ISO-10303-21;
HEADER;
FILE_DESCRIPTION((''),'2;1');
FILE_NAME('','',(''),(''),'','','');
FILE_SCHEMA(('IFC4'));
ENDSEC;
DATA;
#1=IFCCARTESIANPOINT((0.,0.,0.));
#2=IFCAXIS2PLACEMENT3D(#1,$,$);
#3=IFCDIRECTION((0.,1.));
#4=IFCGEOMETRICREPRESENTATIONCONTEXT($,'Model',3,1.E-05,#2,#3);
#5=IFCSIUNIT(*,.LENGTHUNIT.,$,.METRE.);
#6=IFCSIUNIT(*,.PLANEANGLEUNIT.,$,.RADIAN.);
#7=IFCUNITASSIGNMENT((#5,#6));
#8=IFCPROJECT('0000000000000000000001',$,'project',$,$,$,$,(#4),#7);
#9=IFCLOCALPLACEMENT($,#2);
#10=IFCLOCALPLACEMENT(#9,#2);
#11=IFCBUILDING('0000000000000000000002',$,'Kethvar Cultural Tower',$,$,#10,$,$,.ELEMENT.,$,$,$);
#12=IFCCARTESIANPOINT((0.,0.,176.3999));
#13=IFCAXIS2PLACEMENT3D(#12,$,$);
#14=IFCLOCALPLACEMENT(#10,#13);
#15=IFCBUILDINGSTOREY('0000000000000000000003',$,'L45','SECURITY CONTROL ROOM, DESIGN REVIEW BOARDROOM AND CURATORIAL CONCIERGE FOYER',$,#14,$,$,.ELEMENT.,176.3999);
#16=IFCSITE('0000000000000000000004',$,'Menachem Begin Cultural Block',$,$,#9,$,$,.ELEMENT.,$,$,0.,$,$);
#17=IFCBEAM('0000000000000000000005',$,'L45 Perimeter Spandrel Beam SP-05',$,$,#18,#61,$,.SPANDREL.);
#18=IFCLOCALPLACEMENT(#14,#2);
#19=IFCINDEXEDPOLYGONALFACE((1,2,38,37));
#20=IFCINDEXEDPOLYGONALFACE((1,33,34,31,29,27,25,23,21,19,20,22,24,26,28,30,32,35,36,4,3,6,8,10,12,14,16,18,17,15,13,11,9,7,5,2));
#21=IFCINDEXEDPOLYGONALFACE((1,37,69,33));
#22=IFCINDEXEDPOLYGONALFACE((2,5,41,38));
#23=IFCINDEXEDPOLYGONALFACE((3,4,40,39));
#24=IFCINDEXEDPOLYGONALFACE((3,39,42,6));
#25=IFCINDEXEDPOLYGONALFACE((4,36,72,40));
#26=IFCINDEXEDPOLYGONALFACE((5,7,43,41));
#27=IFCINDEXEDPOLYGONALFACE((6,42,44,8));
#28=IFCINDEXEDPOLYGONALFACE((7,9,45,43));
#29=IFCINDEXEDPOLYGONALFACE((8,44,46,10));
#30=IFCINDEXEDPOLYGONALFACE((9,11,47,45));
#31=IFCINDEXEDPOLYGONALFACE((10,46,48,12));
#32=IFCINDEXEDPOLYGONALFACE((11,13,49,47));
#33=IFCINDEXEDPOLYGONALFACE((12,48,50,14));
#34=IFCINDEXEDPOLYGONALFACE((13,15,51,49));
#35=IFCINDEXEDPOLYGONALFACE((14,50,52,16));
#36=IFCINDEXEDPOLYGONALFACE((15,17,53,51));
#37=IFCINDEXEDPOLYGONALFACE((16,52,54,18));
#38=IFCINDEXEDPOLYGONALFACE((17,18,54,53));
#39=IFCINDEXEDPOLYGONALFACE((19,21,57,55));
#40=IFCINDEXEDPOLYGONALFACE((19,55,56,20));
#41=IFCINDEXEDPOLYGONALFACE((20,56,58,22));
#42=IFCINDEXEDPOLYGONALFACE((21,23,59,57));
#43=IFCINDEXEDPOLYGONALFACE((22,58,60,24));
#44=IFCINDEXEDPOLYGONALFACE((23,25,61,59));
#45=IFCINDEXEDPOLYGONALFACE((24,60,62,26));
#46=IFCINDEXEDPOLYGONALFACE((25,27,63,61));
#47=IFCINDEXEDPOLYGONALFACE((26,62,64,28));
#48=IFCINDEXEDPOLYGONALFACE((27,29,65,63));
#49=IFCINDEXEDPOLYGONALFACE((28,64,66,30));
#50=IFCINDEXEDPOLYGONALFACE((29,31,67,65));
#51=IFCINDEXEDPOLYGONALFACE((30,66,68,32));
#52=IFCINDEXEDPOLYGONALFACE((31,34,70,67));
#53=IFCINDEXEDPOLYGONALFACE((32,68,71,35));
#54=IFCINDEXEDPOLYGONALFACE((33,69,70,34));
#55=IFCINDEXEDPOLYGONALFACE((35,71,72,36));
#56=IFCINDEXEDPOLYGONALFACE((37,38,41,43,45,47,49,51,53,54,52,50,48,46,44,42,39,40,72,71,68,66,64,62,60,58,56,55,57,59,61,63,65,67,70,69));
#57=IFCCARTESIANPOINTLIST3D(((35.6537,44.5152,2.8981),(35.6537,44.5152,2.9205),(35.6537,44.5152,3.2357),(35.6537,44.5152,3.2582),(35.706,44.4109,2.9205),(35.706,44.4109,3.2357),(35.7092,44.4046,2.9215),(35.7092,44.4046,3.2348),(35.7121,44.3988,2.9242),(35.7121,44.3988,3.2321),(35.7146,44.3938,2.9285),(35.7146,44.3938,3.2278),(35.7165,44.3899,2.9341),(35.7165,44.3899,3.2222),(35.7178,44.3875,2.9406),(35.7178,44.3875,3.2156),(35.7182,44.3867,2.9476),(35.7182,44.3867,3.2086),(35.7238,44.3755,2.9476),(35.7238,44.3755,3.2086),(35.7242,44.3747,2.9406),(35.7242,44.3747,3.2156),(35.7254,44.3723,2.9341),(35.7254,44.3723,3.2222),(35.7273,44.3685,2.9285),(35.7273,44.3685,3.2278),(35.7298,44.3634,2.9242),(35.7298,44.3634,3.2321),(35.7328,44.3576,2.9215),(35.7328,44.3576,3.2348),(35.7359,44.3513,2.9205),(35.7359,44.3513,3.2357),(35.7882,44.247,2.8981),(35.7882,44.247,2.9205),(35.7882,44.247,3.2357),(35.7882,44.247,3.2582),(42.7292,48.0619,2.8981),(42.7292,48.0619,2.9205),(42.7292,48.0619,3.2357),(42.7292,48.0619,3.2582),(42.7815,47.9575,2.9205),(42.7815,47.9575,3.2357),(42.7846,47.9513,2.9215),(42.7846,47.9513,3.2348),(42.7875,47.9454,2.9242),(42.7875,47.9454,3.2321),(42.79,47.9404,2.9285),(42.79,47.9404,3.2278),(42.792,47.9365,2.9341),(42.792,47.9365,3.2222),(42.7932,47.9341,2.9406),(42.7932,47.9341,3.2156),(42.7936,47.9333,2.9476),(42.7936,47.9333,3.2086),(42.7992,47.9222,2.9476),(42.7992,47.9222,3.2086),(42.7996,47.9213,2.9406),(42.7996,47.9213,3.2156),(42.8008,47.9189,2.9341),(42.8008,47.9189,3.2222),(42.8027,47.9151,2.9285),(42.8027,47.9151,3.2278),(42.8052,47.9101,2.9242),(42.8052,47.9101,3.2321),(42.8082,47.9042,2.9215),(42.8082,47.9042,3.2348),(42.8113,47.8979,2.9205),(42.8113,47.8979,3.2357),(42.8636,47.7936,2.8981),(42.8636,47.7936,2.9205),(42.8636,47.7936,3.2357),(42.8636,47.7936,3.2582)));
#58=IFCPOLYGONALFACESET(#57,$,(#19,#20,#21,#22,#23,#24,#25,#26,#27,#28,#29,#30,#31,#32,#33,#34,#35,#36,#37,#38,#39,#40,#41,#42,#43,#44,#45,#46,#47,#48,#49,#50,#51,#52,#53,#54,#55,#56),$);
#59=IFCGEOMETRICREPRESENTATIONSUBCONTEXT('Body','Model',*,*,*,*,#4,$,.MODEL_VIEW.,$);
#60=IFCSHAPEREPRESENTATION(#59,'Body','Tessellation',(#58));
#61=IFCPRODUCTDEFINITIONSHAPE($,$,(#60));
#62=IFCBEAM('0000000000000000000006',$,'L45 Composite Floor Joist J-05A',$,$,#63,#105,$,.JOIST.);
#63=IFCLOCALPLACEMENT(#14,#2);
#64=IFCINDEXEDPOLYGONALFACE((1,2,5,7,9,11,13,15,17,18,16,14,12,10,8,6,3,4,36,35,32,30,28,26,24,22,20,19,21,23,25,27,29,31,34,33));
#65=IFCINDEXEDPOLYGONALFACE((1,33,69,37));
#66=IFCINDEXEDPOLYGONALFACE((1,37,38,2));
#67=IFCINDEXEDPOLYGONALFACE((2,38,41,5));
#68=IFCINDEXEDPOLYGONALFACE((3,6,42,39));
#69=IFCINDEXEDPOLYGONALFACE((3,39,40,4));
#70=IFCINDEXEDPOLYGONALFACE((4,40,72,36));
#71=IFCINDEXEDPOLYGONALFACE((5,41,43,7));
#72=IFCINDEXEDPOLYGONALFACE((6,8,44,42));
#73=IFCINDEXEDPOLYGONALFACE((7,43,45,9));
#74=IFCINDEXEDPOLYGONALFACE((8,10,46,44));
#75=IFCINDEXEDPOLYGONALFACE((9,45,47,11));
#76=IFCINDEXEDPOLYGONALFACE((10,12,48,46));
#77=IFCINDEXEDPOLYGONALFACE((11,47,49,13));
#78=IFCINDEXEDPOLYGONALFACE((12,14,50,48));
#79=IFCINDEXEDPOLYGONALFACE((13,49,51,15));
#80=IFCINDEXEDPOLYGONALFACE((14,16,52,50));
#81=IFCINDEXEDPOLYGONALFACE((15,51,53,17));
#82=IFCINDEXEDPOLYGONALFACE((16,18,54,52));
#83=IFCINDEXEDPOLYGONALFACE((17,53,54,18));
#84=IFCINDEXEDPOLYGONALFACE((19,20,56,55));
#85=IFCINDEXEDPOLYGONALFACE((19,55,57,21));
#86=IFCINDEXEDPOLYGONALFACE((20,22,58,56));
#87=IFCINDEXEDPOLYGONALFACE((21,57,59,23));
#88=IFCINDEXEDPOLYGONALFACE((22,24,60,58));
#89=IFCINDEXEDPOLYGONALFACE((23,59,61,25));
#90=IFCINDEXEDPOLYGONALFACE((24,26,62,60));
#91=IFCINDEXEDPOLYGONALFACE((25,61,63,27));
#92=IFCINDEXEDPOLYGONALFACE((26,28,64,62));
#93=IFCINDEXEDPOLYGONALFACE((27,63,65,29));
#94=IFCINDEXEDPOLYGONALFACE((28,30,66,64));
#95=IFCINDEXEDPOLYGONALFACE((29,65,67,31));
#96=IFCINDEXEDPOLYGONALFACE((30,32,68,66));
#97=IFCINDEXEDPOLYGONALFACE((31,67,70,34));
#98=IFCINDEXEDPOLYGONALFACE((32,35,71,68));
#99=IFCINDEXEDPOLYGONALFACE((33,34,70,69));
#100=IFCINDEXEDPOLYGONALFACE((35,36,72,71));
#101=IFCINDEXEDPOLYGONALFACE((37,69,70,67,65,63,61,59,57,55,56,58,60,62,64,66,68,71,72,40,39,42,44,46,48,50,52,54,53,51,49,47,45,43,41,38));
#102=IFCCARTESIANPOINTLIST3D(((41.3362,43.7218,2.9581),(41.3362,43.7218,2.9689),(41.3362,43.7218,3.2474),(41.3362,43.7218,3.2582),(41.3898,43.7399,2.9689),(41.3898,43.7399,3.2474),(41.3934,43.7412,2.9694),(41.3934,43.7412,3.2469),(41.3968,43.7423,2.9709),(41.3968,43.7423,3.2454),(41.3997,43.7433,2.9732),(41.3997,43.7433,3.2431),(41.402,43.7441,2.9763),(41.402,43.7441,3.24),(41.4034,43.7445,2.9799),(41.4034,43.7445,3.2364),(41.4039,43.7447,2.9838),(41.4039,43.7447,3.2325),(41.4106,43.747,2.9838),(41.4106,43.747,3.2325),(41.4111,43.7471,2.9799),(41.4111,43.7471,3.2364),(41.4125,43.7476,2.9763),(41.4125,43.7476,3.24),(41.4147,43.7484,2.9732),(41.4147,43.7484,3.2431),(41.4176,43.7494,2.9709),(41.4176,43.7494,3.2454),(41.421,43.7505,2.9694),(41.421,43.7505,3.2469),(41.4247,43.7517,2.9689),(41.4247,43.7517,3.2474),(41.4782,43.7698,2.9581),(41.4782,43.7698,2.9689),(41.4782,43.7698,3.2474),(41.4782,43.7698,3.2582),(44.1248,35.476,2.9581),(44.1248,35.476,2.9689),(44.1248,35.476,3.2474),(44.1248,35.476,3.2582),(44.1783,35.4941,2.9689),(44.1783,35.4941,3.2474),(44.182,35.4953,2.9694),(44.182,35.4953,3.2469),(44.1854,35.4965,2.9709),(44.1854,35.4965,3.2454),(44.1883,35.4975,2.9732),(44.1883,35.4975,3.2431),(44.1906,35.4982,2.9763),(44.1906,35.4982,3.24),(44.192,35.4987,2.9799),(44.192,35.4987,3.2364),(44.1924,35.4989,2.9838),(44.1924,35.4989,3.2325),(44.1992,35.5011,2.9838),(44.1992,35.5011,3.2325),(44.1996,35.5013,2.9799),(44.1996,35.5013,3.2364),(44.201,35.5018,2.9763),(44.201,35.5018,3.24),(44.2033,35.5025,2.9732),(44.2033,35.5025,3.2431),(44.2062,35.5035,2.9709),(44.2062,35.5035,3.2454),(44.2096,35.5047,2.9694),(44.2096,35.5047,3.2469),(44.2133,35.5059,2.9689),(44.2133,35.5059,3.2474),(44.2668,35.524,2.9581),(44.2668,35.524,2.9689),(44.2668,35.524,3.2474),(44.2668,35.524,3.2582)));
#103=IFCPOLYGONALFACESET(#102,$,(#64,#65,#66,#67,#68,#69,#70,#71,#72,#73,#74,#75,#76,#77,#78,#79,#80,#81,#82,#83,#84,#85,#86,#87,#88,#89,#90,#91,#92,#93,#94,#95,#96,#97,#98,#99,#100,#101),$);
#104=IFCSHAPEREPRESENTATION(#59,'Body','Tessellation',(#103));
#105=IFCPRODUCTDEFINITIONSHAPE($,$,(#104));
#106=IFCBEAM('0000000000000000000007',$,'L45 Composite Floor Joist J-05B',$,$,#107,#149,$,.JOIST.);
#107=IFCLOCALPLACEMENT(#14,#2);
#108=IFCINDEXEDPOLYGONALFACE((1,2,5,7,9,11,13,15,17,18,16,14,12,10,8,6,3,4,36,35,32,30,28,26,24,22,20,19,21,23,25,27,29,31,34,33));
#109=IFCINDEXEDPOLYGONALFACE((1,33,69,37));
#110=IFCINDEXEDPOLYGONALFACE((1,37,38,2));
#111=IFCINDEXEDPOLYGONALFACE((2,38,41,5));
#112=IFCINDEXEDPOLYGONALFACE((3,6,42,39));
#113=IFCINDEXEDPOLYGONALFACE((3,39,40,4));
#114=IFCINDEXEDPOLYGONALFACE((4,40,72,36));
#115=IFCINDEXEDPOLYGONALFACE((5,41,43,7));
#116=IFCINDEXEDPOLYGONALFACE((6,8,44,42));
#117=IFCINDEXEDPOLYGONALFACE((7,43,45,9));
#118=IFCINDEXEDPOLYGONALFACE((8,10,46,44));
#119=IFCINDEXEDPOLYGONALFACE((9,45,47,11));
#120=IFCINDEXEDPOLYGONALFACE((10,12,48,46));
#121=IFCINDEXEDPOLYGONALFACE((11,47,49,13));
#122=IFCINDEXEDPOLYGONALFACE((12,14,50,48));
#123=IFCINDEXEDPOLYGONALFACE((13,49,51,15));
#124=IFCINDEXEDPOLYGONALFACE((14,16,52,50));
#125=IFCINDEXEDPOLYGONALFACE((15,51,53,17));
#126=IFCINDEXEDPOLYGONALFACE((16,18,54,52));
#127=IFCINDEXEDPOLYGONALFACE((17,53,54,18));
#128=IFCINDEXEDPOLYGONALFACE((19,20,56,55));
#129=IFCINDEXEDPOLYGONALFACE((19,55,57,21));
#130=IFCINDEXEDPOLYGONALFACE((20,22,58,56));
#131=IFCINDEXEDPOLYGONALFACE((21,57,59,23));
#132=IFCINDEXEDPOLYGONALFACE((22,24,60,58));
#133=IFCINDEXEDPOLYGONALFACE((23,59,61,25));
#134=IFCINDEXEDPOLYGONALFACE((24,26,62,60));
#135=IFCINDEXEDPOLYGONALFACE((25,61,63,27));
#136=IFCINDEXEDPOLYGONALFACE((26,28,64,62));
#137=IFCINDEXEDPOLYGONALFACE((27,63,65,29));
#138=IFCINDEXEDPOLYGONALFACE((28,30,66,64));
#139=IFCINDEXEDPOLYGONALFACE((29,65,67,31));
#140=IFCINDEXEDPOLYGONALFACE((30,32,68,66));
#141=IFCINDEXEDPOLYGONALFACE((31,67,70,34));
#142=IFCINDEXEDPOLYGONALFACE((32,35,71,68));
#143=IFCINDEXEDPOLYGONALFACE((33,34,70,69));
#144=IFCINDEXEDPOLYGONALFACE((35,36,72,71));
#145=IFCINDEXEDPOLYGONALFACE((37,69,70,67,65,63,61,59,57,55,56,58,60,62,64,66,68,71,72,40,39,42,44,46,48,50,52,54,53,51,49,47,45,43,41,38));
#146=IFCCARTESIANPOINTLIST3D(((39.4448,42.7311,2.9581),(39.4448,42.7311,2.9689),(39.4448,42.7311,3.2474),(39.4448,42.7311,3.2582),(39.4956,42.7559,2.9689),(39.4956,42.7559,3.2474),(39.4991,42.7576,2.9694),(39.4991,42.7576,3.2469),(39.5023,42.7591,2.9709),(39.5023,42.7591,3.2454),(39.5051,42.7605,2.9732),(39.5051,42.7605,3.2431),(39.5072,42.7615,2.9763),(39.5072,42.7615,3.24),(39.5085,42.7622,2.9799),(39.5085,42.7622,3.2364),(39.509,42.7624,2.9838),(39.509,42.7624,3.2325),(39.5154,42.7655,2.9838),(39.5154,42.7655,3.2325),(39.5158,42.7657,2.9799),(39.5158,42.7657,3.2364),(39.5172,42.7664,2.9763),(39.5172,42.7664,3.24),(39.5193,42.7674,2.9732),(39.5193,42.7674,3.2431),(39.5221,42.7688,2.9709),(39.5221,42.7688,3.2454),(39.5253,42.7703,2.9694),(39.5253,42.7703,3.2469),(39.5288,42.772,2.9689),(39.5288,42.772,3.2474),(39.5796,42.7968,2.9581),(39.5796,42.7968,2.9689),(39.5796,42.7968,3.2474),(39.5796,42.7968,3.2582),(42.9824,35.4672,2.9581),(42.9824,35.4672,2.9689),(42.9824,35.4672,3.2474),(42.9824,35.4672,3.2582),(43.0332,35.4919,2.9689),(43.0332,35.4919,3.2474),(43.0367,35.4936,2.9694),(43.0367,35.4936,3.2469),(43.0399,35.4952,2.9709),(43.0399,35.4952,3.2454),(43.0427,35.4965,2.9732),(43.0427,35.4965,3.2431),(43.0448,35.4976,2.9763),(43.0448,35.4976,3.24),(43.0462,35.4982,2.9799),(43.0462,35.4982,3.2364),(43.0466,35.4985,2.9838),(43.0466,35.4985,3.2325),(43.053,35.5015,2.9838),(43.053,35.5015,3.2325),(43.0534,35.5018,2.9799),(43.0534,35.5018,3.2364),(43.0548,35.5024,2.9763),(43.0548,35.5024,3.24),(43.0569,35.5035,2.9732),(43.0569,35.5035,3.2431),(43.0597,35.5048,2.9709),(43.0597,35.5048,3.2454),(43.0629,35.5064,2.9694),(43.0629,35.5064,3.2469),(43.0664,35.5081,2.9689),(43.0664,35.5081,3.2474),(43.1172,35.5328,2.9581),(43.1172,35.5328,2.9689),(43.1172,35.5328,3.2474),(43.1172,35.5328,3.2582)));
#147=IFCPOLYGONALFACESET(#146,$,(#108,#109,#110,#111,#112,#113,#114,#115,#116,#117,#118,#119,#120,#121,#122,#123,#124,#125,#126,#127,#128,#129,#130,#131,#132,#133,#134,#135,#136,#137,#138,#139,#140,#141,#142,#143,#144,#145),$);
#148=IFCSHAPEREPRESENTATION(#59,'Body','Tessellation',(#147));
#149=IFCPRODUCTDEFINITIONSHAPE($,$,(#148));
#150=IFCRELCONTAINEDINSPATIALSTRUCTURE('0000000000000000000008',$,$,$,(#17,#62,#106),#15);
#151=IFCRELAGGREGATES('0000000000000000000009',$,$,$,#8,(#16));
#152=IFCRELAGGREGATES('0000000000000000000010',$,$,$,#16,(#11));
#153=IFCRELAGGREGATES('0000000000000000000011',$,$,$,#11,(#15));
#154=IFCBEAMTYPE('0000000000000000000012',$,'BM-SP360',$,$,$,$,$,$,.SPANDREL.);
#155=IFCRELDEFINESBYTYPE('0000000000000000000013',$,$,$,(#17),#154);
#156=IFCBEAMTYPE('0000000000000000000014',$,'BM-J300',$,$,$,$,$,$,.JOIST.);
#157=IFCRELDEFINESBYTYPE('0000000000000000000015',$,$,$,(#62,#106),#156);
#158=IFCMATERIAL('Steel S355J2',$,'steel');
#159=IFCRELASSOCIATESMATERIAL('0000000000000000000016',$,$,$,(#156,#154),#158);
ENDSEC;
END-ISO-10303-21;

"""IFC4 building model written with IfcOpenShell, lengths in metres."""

from ifc_helpers import new_model, si_unit, direction, frame, origin, origin_2d, place, context, subcontext, project, spatial, i_section, extrude, source, transform, mapped, material, material_profile, profile_set, type_object, element, save


model = new_model("IFC4")

# Units and contexts
model_context = context("Model", 3, precision=1e-05, world=origin(), true_north=direction((0.0, 1.0)))
body_context = subcontext(model_context, "Body", "Model", "MODEL_VIEW")
ifc_project = project(units=[si_unit("LENGTHUNIT", "METRE"), si_unit("PLANEANGLEUNIT", "RADIAN")], contexts=[model_context])

# Site, building, storey
site_placement = place(None, origin())
site = spatial("IfcSite", under=ifc_project, at=site_placement, Name="Menachem Begin Cultural Block", CompositionType="ELEMENT", RefElevation=0.0)
building_placement = place(site_placement, origin())
building = spatial("IfcBuilding", under=site, at=building_placement, Name="Kethvar Cultural Tower", CompositionType="ELEMENT")
storey_placement = place(building_placement, frame((0.0, 0.0, 176.3999)))
storey = spatial("IfcBuildingStorey", under=building, at=storey_placement, Name="L45", Description="SECURITY CONTROL ROOM, DESIGN REVIEW BOARDROOM AND CURATORIAL CONCIERGE FOYER", CompositionType="ELEMENT", Elevation=176.3999)

# Beams
ifc_material_1 = material(Name="Steel S355J2", Category="steel")
ifc_material_profile_1 = material_profile(ifc_material_1, i_section(OverallWidth=0.1499, OverallDepth=0.3, WebThickness=0.0071, FlangeThickness=0.0107, FilletRadius=0.0149, at=origin_2d()), Name="Steel S355J2 — IPE300")
ifc_profile_set_1 = profile_set([ifc_material_profile_1], Name="Steel S355J2 — IPE300")
beam_type_1 = type_object("IfcBeamType", Name="BM-J300", PredefinedType="JOIST", material=ifc_profile_set_1)
ifc_material_profile_2 = material_profile(ifc_material_1, i_section(OverallWidth=0.3, OverallDepth=0.3601, WebThickness=0.0125, FlangeThickness=0.0225, FilletRadius=0.0271, at=origin_2d()), Name="Steel S355J2 — HEB360")
ifc_profile_set_2 = profile_set([ifc_material_profile_2], Name="Steel S355J2 — HEB360")
beam_type_2 = type_object("IfcBeamType", Name="BM-SP360", PredefinedType="SPANDREL", material=ifc_profile_set_2)
shared_shape_1 = source(origin(), body_context, "Body", "SweptSolid", [
    extrude(i_section(OverallWidth=0.3, OverallDepth=0.3601, WebThickness=0.0125, FlangeThickness=0.0225, FilletRadius=0.0271, at=origin_2d()), origin(), (0.0, 0.0, 1.0), 7.9146),
])
beam_1_placement = place(storey_placement, frame((42.7964, 47.9277, 3.0781), z_axis=(-0.893976, -0.448114, 0.0), x_axis=(0.448114, -0.893976, 0.0)))
element("IfcBeam", 1, at=beam_1_placement, inside=storey, type_object=beam_type_2, Name="L45 Perimeter Spandrel Beam SP-05", PredefinedType="SPANDREL", context=body_context, shape_type="MappedRepresentation", body=[
    mapped(shared_shape_1, transform((0.0, 0.0, 0.0), scale=1.0)),
])
shared_shape_2 = source(origin(), body_context, "Body", "SweptSolid", [
    extrude(i_section(OverallWidth=0.1499, OverallDepth=0.3, WebThickness=0.0071, FlangeThickness=0.0107, FilletRadius=0.0149, at=origin_2d()), origin(), (0.0, 0.0, 1.0), 8.7046),
])
beam_2_placement = place(storey_placement, frame((44.1958, 35.5, 3.1082), z_axis=(-0.320356, 0.947297, 0.0), x_axis=(-0.947297, -0.320356, 0.0)))
element("IfcBeam", 2, at=beam_2_placement, inside=storey, type_object=beam_type_1, Name="L45 Composite Floor Joist J-05A", PredefinedType="JOIST", context=body_context, shape_type="MappedRepresentation", body=[
    mapped(shared_shape_2, transform((0.0, 0.0, 0.0), scale=1.0)),
])
shared_shape_3 = source(origin(), body_context, "Body", "SweptSolid", [
    extrude(i_section(OverallWidth=0.1499, OverallDepth=0.3, WebThickness=0.0071, FlangeThickness=0.0107, FilletRadius=0.0149, at=origin_2d()), origin(), (0.0, 0.0, 1.0), 8.0796),
])
beam_3_placement = place(storey_placement, frame((43.0498, 35.5, 3.1082), z_axis=(-0.437846, 0.89905, 0.0), x_axis=(-0.89905, -0.437846, 0.0)))
element("IfcBeam", 3, at=beam_3_placement, inside=storey, type_object=beam_type_1, Name="L45 Composite Floor Joist J-05B", PredefinedType="JOIST", context=body_context, shape_type="MappedRepresentation", body=[
    mapped(shared_shape_3, transform((0.0, 0.0, 0.0), scale=1.0)),
])

save(model, "model.ifc")
